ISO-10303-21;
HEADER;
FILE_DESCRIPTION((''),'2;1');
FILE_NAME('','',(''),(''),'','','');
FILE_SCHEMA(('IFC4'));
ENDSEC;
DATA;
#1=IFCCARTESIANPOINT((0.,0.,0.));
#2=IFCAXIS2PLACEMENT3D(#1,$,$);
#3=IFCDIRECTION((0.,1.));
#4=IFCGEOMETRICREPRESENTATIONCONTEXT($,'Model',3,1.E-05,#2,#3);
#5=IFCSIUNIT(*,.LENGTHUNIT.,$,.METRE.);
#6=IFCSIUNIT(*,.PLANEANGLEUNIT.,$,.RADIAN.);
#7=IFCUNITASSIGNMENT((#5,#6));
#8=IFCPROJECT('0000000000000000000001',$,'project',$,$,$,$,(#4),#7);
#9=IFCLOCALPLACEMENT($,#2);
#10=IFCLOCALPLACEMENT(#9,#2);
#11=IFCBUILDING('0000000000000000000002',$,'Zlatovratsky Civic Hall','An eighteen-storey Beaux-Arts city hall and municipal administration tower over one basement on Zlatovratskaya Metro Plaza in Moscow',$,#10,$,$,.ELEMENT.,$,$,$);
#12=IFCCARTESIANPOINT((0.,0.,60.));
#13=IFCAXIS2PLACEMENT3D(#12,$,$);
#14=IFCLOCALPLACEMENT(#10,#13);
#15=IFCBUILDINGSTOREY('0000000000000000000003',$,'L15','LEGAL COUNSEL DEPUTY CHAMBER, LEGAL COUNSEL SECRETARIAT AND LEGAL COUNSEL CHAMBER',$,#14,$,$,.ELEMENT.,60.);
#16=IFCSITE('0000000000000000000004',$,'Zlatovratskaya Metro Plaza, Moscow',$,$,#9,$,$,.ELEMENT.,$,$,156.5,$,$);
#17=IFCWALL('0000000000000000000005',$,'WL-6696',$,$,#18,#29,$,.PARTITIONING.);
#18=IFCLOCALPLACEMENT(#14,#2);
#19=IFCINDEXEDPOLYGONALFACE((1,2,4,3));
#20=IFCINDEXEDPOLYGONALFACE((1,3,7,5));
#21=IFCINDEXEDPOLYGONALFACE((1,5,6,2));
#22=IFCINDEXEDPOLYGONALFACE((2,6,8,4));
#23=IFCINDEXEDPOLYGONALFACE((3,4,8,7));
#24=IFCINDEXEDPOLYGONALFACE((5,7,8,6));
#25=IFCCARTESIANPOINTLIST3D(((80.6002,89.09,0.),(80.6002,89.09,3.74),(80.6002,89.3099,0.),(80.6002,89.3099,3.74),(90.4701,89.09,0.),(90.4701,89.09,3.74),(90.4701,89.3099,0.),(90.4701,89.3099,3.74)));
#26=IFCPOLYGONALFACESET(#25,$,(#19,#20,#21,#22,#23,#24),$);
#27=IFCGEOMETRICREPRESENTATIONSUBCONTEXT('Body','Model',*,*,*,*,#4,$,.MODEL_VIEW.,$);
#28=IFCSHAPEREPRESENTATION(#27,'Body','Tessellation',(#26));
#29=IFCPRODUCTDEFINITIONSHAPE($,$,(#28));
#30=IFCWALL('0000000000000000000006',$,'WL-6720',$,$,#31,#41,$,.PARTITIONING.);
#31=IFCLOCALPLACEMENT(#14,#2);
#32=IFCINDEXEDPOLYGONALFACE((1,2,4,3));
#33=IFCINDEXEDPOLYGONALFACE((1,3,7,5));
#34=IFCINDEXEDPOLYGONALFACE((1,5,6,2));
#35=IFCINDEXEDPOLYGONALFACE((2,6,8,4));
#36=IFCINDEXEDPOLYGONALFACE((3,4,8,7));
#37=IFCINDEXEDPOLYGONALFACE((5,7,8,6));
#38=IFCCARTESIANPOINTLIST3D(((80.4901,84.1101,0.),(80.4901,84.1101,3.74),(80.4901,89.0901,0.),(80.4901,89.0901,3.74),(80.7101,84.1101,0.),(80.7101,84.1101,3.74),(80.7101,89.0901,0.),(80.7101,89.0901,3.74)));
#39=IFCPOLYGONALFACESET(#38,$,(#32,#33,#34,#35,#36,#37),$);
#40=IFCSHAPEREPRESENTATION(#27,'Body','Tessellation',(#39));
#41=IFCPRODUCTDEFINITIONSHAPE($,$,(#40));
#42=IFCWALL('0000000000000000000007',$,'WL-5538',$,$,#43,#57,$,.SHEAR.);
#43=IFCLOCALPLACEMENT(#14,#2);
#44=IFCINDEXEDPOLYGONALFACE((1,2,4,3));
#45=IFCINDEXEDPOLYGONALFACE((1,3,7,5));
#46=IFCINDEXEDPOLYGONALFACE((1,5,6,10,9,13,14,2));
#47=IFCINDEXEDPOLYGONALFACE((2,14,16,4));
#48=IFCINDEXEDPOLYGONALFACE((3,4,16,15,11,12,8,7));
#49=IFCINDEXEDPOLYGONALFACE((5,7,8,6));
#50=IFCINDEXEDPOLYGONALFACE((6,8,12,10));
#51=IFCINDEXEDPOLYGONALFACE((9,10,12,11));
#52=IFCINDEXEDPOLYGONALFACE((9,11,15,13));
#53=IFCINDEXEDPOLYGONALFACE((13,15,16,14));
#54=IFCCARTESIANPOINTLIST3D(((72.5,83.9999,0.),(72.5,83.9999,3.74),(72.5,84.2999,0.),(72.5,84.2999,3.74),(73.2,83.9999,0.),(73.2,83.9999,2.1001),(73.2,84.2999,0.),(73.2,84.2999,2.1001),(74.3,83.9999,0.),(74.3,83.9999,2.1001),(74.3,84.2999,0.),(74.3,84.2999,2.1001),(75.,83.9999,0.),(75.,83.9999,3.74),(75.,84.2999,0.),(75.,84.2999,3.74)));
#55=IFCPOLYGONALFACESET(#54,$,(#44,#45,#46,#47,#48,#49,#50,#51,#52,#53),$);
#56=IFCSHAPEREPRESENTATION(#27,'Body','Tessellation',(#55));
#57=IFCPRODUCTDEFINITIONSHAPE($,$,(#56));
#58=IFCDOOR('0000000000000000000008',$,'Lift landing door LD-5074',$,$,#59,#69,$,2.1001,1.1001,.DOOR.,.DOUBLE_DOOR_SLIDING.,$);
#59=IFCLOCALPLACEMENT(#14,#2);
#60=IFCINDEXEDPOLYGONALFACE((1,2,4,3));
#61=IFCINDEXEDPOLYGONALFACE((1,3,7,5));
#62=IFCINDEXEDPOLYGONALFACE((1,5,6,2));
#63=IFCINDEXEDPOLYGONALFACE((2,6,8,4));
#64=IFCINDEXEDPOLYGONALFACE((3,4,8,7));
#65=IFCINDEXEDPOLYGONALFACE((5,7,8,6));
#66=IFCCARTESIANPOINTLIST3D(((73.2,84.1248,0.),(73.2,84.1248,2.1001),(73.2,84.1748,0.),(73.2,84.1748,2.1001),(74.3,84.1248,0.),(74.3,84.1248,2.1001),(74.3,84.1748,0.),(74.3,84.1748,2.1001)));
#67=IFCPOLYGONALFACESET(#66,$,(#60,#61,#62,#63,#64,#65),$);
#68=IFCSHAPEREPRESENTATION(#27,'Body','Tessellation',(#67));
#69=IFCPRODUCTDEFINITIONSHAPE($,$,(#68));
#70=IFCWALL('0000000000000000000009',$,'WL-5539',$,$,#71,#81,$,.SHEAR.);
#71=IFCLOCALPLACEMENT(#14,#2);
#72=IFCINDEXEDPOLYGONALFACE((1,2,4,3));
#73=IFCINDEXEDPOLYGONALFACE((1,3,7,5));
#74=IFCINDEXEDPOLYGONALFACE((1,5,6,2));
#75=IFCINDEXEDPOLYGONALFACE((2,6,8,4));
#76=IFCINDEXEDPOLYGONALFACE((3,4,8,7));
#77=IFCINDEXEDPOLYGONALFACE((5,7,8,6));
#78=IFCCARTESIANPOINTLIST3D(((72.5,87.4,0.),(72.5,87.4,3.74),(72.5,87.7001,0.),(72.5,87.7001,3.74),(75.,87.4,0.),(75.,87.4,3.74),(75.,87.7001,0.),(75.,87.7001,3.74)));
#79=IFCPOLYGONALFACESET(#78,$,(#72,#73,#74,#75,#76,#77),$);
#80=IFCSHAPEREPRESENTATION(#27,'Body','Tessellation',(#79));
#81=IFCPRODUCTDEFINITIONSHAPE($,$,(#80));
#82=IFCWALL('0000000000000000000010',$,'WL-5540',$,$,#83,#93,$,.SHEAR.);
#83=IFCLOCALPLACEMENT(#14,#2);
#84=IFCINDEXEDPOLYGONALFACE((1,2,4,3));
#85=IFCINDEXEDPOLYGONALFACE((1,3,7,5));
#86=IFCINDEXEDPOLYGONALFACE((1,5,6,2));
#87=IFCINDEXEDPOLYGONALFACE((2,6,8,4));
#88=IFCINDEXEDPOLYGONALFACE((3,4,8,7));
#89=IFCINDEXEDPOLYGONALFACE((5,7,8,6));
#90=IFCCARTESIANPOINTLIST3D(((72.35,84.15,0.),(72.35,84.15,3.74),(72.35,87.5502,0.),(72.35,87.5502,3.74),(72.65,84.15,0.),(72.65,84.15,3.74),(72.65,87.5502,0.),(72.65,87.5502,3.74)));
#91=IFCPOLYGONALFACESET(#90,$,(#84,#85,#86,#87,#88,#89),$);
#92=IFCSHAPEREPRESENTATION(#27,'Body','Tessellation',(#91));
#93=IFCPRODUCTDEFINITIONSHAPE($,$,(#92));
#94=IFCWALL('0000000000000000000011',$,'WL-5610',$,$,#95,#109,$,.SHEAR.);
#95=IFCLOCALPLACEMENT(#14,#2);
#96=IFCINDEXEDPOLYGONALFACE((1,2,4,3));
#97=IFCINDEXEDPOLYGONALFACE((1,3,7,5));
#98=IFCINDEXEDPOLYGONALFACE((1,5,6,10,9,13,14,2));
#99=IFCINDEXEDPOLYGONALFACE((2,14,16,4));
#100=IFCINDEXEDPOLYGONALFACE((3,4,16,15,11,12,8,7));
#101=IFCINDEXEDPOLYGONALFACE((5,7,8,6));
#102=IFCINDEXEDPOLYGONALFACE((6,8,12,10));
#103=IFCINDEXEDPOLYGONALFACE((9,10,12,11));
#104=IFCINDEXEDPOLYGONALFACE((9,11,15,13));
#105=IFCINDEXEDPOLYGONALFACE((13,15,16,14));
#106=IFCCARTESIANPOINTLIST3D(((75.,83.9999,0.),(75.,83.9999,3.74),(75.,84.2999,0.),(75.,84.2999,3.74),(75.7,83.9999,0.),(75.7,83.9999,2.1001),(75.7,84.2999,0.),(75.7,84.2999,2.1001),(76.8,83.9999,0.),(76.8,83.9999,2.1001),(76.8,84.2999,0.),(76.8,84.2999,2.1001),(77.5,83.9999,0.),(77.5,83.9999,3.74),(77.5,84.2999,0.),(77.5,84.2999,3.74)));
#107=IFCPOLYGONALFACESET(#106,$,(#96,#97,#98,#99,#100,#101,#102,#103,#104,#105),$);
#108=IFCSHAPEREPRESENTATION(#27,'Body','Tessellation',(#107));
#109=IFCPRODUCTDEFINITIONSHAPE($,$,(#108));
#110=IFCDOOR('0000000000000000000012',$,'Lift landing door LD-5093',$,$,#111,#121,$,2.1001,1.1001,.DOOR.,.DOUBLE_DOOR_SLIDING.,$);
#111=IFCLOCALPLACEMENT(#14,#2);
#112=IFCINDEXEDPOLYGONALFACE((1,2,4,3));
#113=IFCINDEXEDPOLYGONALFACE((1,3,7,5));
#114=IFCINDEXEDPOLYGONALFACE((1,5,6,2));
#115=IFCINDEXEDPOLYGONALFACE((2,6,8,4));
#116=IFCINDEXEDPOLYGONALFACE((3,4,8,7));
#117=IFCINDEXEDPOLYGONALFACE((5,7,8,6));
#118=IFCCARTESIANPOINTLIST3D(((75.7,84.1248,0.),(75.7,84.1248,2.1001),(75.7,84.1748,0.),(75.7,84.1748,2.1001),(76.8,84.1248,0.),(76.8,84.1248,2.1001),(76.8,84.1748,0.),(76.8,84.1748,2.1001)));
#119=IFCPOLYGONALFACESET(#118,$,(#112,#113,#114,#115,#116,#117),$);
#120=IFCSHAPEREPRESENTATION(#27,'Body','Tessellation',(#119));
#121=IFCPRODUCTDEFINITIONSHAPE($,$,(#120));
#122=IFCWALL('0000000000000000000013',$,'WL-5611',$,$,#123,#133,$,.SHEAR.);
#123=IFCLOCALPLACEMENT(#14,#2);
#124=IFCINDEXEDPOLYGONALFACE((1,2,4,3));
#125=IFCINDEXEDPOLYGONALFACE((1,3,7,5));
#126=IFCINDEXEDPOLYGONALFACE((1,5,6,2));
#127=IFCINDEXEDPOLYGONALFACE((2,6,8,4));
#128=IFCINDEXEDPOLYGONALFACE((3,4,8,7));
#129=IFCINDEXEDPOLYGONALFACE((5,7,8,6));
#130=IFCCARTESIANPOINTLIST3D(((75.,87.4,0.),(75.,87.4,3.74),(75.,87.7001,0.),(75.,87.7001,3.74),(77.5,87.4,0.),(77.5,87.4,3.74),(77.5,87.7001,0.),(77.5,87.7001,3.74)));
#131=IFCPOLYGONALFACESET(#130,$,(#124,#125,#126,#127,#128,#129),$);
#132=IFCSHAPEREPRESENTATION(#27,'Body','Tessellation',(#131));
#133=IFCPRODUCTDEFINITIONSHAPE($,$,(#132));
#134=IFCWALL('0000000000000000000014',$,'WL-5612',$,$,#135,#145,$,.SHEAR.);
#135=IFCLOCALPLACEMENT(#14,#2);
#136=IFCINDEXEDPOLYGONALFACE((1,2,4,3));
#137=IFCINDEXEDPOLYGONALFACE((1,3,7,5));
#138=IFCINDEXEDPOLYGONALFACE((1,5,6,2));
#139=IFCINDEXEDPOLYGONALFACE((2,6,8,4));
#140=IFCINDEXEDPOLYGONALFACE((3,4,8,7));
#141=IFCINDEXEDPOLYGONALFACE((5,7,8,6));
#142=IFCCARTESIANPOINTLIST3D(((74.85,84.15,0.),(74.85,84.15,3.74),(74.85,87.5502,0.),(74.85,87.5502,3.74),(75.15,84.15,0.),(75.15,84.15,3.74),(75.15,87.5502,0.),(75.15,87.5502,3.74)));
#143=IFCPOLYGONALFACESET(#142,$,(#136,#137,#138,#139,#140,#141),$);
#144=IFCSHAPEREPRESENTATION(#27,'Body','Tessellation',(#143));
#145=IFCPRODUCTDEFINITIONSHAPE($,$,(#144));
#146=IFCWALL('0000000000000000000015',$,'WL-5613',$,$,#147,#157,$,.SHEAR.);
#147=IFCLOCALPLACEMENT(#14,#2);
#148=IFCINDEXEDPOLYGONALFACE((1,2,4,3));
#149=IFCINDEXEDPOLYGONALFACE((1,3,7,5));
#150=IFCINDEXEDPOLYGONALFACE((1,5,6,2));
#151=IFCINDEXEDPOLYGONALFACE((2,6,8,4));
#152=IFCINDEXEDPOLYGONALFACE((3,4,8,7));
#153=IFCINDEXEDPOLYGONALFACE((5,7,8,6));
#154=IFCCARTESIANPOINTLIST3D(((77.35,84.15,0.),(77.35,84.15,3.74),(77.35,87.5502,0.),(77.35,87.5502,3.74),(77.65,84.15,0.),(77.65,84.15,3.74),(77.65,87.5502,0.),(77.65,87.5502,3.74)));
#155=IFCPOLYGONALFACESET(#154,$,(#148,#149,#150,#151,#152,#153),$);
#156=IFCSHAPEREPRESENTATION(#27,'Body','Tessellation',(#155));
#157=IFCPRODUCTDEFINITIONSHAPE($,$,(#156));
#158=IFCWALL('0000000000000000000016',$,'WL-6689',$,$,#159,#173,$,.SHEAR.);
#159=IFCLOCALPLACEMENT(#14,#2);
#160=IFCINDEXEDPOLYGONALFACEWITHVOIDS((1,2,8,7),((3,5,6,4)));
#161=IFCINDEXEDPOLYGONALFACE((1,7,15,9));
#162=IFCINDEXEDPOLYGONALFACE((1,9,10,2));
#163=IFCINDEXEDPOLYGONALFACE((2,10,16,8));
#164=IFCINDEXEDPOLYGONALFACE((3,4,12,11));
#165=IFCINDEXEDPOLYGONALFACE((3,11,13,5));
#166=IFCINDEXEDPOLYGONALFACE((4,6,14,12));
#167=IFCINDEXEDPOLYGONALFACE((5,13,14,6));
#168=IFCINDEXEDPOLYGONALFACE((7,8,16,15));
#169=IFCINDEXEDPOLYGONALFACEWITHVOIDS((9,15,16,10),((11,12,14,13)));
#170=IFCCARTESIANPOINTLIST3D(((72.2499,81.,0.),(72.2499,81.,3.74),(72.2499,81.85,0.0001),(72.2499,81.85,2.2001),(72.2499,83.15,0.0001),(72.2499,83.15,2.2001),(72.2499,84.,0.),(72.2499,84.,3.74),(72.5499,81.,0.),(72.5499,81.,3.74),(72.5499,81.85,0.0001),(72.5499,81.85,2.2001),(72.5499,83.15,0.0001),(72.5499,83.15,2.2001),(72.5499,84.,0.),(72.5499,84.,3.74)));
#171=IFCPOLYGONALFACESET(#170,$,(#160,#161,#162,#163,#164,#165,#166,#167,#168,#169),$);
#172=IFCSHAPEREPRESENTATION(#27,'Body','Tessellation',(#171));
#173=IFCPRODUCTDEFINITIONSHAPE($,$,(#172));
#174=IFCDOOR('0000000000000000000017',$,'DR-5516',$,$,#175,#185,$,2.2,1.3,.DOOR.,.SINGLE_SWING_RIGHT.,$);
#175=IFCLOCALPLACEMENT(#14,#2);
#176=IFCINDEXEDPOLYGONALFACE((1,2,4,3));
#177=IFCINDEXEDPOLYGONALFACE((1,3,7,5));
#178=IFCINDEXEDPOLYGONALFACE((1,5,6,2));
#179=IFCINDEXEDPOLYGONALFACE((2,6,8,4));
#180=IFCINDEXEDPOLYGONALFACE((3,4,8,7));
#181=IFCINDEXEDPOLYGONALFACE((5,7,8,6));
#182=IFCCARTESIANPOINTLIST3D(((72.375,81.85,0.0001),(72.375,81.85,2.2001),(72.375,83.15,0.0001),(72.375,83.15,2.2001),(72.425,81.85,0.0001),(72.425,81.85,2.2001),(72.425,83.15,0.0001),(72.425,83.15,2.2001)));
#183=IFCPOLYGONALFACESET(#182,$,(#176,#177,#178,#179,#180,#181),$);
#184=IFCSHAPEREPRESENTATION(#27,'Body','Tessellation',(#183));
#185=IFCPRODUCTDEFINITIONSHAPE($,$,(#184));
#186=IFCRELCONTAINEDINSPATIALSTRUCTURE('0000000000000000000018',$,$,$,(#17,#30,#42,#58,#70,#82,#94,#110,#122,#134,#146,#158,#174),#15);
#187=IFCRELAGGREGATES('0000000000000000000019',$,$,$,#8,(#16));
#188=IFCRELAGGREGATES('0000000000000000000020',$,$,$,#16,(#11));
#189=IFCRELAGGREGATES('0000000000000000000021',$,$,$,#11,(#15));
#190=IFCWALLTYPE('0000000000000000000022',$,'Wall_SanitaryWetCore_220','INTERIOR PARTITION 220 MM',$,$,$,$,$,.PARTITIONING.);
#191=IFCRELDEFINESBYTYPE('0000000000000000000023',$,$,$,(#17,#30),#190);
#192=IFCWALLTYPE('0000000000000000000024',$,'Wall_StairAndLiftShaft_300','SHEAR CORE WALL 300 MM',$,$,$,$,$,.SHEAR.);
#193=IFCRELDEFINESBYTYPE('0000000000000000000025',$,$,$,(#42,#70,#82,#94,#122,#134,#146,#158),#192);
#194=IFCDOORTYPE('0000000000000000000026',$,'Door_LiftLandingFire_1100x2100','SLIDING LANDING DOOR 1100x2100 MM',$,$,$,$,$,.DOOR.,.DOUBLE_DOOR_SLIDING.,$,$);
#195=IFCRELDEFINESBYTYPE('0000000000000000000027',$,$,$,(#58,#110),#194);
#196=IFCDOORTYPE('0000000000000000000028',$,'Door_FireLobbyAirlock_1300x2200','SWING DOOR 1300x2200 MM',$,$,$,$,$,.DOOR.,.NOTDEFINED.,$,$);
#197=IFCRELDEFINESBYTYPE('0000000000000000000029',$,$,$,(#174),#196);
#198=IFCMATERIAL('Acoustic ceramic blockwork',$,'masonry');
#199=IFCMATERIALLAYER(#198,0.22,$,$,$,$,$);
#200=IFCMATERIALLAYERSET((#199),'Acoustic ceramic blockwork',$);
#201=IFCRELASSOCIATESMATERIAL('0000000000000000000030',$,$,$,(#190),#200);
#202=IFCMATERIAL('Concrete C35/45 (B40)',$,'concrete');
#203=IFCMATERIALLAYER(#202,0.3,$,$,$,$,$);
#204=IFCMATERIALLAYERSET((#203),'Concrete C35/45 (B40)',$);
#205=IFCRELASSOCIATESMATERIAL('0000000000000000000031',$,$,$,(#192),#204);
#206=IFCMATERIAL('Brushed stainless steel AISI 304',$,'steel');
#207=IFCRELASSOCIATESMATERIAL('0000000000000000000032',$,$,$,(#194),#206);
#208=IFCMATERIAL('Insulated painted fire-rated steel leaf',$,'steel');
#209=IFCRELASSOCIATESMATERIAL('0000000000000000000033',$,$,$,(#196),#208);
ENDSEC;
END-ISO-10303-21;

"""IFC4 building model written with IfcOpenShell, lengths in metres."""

from ifc_helpers import new_model, si_unit, direction, frame, frame_2d, origin, place, context, subcontext, project, spatial, rectangle, extrude, material, layer, layer_set, type_object, element, fill, save


model = new_model("IFC4")

# Units and contexts
model_context = context("Model", 3, precision=1e-05, world=origin(), true_north=direction((0.0, 1.0)))
body_context = subcontext(model_context, "Body", "Model", "MODEL_VIEW")
ifc_project = project(units=[si_unit("LENGTHUNIT", "METRE"), si_unit("PLANEANGLEUNIT", "RADIAN")], contexts=[model_context])

# Site, building, storey
site_placement = place(None, origin())
site = spatial("IfcSite", under=ifc_project, at=site_placement, Name="Zlatovratskaya Metro Plaza, Moscow", CompositionType="ELEMENT", RefElevation=156.5)
building_placement = place(site_placement, origin())
building = spatial("IfcBuilding", under=site, at=building_placement, Name="Zlatovratsky Civic Hall", Description="An eighteen-storey Beaux-Arts city hall and municipal administration tower over one basement on Zlatovratskaya Metro Plaza in Moscow", CompositionType="ELEMENT")
storey_placement = place(building_placement, frame((0.0, 0.0, 60.0)))
storey = spatial("IfcBuildingStorey", under=building, at=storey_placement, Name="L15", Description="LEGAL COUNSEL DEPUTY CHAMBER, LEGAL COUNSEL SECRETARIAT AND LEGAL COUNSEL CHAMBER", CompositionType="ELEMENT", Elevation=60.0)

# Shared definitions
ifc_material_1 = material(Name="Concrete C35/45 (B40)", Category="concrete")

# Shared definitions
ifc_material_2 = material(Name="Acoustic ceramic blockwork", Category="masonry")

# Shared definitions
ifc_layer_1 = layer(ifc_material_2, 0.22)
ifc_layer_set_1 = layer_set([ifc_layer_1], Name="Acoustic ceramic blockwork")
wall_type_1 = type_object("IfcWallType", Name="Wall_SanitaryWetCore_220", Description="INTERIOR PARTITION 220 MM", PredefinedType="PARTITIONING", material=ifc_layer_set_1)

# Walls
wall_1_placement = place(storey_placement, frame((80.6001, 89.2, 0.0), z_axis=(0.0, 0.0, 1.0), x_axis=(1.0, 0.0, 0.0)))
element("IfcWall", 1, at=wall_1_placement, inside=storey, type_object=wall_type_1, Name="WL-6696", PredefinedType="PARTITIONING", context=body_context, shape_type="SweptSolid", body=[
    extrude(rectangle(XDim=9.8699, YDim=0.22, at=frame_2d((4.9351, 0.0))), origin(), (0.0, 0.0, 1.0), 3.74),
])
wall_2_placement = place(storey_placement, frame((80.6001, 84.1101, 0.0), z_axis=(0.0, 0.0, 1.0), x_axis=(0.0, 1.0, 0.0)))
element("IfcWall", 2, at=wall_2_placement, inside=storey, type_object=wall_type_1, Name="WL-6720", PredefinedType="PARTITIONING", context=body_context, shape_type="SweptSolid", body=[
    extrude(rectangle(XDim=4.98, YDim=0.22, at=frame_2d((2.49, 0.0))), origin(), (0.0, 0.0, 1.0), 3.74),
])

# Wall, opening, door
ifc_layer_2 = layer(ifc_material_1, 0.3)
ifc_layer_set_2 = layer_set([ifc_layer_2], Name="Concrete C35/45 (B40)")
wall_type_2 = type_object("IfcWallType", Name="Wall_StairAndLiftShaft_300", Description="SHEAR CORE WALL 300 MM", PredefinedType="SHEAR", material=ifc_layer_set_2)
wall_3_placement = place(storey_placement, frame((72.5, 84.1499, 0.0), z_axis=(0.0, 0.0, 1.0), x_axis=(1.0, 0.0, 0.0)))
wall_3 = element("IfcWall", 3, at=wall_3_placement, inside=storey, type_object=wall_type_2, Name="WL-5538", PredefinedType="SHEAR", context=body_context, shape_type="SweptSolid", body=[
    extrude(rectangle(XDim=2.5, YDim=0.3, at=frame_2d((1.25, 0.0))), origin(), (0.0, 0.0, 1.0), 3.74),
])
opening_1_placement = place(wall_3_placement, frame((0.7, 0.0, 0.0)))
opening_1 = element("IfcOpeningElement", 4, at=opening_1_placement, cuts=wall_3, PredefinedType="OPENING", context=body_context, shape_type="SweptSolid", body=[
    extrude(rectangle(XDim=1.1001, YDim=2.1001, at=frame_2d((0.55, 1.05))), frame((0.0, 0.165, 0.0), z_axis=(0.0, -1.0, 0.0), x_axis=(1.0, 0.0, 0.0)), (0.0, 0.0, 1.0), 0.3298),
])
ifc_material_3 = material(Name="Brushed stainless steel AISI 304", Category="steel")
door_type_1 = type_object("IfcDoorType", Name="Door_LiftLandingFire_1100x2100", Description="SLIDING LANDING DOOR 1100x2100 MM", OperationType="DOUBLE_DOOR_SLIDING", PredefinedType="DOOR", material=ifc_material_3)
door_1_placement = place(opening_1_placement, origin())
door_1 = element("IfcDoor", 5, at=door_1_placement, inside=storey, type_object=door_type_1, Name="Lift landing door LD-5074", OperationType="DOUBLE_DOOR_SLIDING", OverallHeight=2.1001, OverallWidth=1.1001, PredefinedType="DOOR", context=body_context, shape_type="SweptSolid", body=[
    extrude(rectangle(XDim=1.1001, YDim=2.1001, at=frame_2d((0.55, 1.05))), frame((0.0, 0.0249, 0.0), z_axis=(0.0, -1.0, 0.0), x_axis=(1.0, 0.0, 0.0)), (0.0, 0.0, 1.0), 0.05),
])
fill(opening_1, door_1)

# Walls
wall_4_placement = place(storey_placement, frame((72.5, 87.55, 0.0), z_axis=(0.0, 0.0, 1.0), x_axis=(1.0, 0.0, 0.0)))
element("IfcWall", 6, at=wall_4_placement, inside=storey, type_object=wall_type_2, Name="WL-5539", PredefinedType="SHEAR", context=body_context, shape_type="SweptSolid", body=[
    extrude(rectangle(XDim=2.5, YDim=0.3, at=frame_2d((1.25, 0.0))), origin(), (0.0, 0.0, 1.0), 3.74),
])
wall_5_placement = place(storey_placement, frame((72.5, 84.1499, 0.0), z_axis=(0.0, 0.0, 1.0), x_axis=(0.0, 1.0, 0.0)))
element("IfcWall", 7, at=wall_5_placement, inside=storey, type_object=wall_type_2, Name="WL-5540", PredefinedType="SHEAR", context=body_context, shape_type="SweptSolid", body=[
    extrude(rectangle(XDim=3.4001, YDim=0.3, at=frame_2d((1.7002, 0.0))), origin(), (0.0, 0.0, 1.0), 3.74),
])

# Wall, opening, door
wall_6_placement = place(storey_placement, frame((75.0, 84.1499, 0.0), z_axis=(0.0, 0.0, 1.0), x_axis=(1.0, 0.0, 0.0)))
wall_6 = element("IfcWall", 8, at=wall_6_placement, inside=storey, type_object=wall_type_2, Name="WL-5610", PredefinedType="SHEAR", context=body_context, shape_type="SweptSolid", body=[
    extrude(rectangle(XDim=2.5, YDim=0.3, at=frame_2d((1.25, 0.0))), origin(), (0.0, 0.0, 1.0), 3.74),
])
opening_2_placement = place(wall_6_placement, frame((0.7, 0.0, 0.0)))
opening_2 = element("IfcOpeningElement", 9, at=opening_2_placement, cuts=wall_6, PredefinedType="OPENING", context=body_context, shape_type="SweptSolid", body=[
    extrude(rectangle(XDim=1.1001, YDim=2.1001, at=frame_2d((0.55, 1.05))), frame((0.0, 0.165, 0.0), z_axis=(0.0, -1.0, 0.0), x_axis=(1.0, 0.0, 0.0)), (0.0, 0.0, 1.0), 0.3298),
])
door_2_placement = place(opening_2_placement, origin())
door_2 = element("IfcDoor", 10, at=door_2_placement, inside=storey, type_object=door_type_1, Name="Lift landing door LD-5093", OperationType="DOUBLE_DOOR_SLIDING", OverallHeight=2.1001, OverallWidth=1.1001, PredefinedType="DOOR", context=body_context, shape_type="SweptSolid", body=[
    extrude(rectangle(XDim=1.1001, YDim=2.1001, at=frame_2d((0.55, 1.05))), frame((0.0, 0.0249, 0.0), z_axis=(0.0, -1.0, 0.0), x_axis=(1.0, 0.0, 0.0)), (0.0, 0.0, 1.0), 0.05),
])
fill(opening_2, door_2)

# Walls
wall_7_placement = place(storey_placement, frame((75.0, 87.55, 0.0), z_axis=(0.0, 0.0, 1.0), x_axis=(1.0, 0.0, 0.0)))
element("IfcWall", 11, at=wall_7_placement, inside=storey, type_object=wall_type_2, Name="WL-5611", PredefinedType="SHEAR", context=body_context, shape_type="SweptSolid", body=[
    extrude(rectangle(XDim=2.5, YDim=0.3, at=frame_2d((1.25, 0.0))), origin(), (0.0, 0.0, 1.0), 3.74),
])
for number, where, z_axis, x_axis, name in (
    (12, (75.0, 84.1499, 0.0), (0.0, 0.0, 1.0), (0.0, 1.0, 0.0), "WL-5612"),
    (13, (77.5, 84.1499, 0.0), (0.0, 0.0, 1.0), (0.0, 1.0, 0.0), "WL-5613"),
):
    element("IfcWall", number, at=place(storey_placement, frame(where, z_axis=z_axis, x_axis=x_axis)), inside=storey, type_object=wall_type_2, Name=name, PredefinedType="SHEAR", context=body_context, shape_type="SweptSolid", body=[
        extrude(rectangle(XDim=3.4001, YDim=0.3, at=frame_2d((1.7002, 0.0))), origin(), (0.0, 0.0, 1.0), 3.74),
    ])

# Wall, opening, door
wall_8_placement = place(storey_placement, frame((72.3999, 81.0, 0.0), z_axis=(0.0, 0.0, 1.0), x_axis=(0.0, 1.0, 0.0)))
wall_8 = element("IfcWall", 14, at=wall_8_placement, inside=storey, type_object=wall_type_2, Name="WL-6689", PredefinedType="SHEAR", context=body_context, shape_type="SweptSolid", body=[
    extrude(rectangle(XDim=3.0, YDim=0.3, at=frame_2d((1.5, 0.0))), origin(), (0.0, 0.0, 1.0), 3.74),
])
opening_3_placement = place(wall_8_placement, frame((0.8501, 0.0, 0.0)))
opening_3 = element("IfcOpeningElement", 15, at=opening_3_placement, cuts=wall_8, PredefinedType="OPENING", context=body_context, shape_type="SweptSolid", body=[
    extrude(rectangle(XDim=1.3, YDim=2.2, at=frame_2d((0.6499, 1.1001))), frame((0.0, 0.165, 0.0), z_axis=(0.0, -1.0, 0.0), x_axis=(1.0, 0.0, 0.0)), (0.0, 0.0, 1.0), 0.3298),
])
ifc_material_4 = material(Name="Insulated painted fire-rated steel leaf", Category="steel")
door_type_2 = type_object("IfcDoorType", Name="Door_FireLobbyAirlock_1300x2200", Description="SWING DOOR 1300x2200 MM", OperationType="NOTDEFINED", PredefinedType="DOOR", material=ifc_material_4)
door_3_placement = place(opening_3_placement, origin())
door_3 = element("IfcDoor", 16, at=door_3_placement, inside=storey, type_object=door_type_2, Name="DR-5516", OperationType="SINGLE_SWING_RIGHT", OverallHeight=2.2, OverallWidth=1.3, PredefinedType="DOOR", context=body_context, shape_type="SweptSolid", body=[
    extrude(rectangle(XDim=1.3, YDim=2.2, at=frame_2d((0.6499, 1.1001))), frame((0.0, 0.0249, 0.0), z_axis=(0.0, -1.0, 0.0), x_axis=(1.0, 0.0, 0.0)), (0.0, 0.0, 1.0), 0.05),
])
fill(opening_3, door_3)

save(model, "model.ifc")
